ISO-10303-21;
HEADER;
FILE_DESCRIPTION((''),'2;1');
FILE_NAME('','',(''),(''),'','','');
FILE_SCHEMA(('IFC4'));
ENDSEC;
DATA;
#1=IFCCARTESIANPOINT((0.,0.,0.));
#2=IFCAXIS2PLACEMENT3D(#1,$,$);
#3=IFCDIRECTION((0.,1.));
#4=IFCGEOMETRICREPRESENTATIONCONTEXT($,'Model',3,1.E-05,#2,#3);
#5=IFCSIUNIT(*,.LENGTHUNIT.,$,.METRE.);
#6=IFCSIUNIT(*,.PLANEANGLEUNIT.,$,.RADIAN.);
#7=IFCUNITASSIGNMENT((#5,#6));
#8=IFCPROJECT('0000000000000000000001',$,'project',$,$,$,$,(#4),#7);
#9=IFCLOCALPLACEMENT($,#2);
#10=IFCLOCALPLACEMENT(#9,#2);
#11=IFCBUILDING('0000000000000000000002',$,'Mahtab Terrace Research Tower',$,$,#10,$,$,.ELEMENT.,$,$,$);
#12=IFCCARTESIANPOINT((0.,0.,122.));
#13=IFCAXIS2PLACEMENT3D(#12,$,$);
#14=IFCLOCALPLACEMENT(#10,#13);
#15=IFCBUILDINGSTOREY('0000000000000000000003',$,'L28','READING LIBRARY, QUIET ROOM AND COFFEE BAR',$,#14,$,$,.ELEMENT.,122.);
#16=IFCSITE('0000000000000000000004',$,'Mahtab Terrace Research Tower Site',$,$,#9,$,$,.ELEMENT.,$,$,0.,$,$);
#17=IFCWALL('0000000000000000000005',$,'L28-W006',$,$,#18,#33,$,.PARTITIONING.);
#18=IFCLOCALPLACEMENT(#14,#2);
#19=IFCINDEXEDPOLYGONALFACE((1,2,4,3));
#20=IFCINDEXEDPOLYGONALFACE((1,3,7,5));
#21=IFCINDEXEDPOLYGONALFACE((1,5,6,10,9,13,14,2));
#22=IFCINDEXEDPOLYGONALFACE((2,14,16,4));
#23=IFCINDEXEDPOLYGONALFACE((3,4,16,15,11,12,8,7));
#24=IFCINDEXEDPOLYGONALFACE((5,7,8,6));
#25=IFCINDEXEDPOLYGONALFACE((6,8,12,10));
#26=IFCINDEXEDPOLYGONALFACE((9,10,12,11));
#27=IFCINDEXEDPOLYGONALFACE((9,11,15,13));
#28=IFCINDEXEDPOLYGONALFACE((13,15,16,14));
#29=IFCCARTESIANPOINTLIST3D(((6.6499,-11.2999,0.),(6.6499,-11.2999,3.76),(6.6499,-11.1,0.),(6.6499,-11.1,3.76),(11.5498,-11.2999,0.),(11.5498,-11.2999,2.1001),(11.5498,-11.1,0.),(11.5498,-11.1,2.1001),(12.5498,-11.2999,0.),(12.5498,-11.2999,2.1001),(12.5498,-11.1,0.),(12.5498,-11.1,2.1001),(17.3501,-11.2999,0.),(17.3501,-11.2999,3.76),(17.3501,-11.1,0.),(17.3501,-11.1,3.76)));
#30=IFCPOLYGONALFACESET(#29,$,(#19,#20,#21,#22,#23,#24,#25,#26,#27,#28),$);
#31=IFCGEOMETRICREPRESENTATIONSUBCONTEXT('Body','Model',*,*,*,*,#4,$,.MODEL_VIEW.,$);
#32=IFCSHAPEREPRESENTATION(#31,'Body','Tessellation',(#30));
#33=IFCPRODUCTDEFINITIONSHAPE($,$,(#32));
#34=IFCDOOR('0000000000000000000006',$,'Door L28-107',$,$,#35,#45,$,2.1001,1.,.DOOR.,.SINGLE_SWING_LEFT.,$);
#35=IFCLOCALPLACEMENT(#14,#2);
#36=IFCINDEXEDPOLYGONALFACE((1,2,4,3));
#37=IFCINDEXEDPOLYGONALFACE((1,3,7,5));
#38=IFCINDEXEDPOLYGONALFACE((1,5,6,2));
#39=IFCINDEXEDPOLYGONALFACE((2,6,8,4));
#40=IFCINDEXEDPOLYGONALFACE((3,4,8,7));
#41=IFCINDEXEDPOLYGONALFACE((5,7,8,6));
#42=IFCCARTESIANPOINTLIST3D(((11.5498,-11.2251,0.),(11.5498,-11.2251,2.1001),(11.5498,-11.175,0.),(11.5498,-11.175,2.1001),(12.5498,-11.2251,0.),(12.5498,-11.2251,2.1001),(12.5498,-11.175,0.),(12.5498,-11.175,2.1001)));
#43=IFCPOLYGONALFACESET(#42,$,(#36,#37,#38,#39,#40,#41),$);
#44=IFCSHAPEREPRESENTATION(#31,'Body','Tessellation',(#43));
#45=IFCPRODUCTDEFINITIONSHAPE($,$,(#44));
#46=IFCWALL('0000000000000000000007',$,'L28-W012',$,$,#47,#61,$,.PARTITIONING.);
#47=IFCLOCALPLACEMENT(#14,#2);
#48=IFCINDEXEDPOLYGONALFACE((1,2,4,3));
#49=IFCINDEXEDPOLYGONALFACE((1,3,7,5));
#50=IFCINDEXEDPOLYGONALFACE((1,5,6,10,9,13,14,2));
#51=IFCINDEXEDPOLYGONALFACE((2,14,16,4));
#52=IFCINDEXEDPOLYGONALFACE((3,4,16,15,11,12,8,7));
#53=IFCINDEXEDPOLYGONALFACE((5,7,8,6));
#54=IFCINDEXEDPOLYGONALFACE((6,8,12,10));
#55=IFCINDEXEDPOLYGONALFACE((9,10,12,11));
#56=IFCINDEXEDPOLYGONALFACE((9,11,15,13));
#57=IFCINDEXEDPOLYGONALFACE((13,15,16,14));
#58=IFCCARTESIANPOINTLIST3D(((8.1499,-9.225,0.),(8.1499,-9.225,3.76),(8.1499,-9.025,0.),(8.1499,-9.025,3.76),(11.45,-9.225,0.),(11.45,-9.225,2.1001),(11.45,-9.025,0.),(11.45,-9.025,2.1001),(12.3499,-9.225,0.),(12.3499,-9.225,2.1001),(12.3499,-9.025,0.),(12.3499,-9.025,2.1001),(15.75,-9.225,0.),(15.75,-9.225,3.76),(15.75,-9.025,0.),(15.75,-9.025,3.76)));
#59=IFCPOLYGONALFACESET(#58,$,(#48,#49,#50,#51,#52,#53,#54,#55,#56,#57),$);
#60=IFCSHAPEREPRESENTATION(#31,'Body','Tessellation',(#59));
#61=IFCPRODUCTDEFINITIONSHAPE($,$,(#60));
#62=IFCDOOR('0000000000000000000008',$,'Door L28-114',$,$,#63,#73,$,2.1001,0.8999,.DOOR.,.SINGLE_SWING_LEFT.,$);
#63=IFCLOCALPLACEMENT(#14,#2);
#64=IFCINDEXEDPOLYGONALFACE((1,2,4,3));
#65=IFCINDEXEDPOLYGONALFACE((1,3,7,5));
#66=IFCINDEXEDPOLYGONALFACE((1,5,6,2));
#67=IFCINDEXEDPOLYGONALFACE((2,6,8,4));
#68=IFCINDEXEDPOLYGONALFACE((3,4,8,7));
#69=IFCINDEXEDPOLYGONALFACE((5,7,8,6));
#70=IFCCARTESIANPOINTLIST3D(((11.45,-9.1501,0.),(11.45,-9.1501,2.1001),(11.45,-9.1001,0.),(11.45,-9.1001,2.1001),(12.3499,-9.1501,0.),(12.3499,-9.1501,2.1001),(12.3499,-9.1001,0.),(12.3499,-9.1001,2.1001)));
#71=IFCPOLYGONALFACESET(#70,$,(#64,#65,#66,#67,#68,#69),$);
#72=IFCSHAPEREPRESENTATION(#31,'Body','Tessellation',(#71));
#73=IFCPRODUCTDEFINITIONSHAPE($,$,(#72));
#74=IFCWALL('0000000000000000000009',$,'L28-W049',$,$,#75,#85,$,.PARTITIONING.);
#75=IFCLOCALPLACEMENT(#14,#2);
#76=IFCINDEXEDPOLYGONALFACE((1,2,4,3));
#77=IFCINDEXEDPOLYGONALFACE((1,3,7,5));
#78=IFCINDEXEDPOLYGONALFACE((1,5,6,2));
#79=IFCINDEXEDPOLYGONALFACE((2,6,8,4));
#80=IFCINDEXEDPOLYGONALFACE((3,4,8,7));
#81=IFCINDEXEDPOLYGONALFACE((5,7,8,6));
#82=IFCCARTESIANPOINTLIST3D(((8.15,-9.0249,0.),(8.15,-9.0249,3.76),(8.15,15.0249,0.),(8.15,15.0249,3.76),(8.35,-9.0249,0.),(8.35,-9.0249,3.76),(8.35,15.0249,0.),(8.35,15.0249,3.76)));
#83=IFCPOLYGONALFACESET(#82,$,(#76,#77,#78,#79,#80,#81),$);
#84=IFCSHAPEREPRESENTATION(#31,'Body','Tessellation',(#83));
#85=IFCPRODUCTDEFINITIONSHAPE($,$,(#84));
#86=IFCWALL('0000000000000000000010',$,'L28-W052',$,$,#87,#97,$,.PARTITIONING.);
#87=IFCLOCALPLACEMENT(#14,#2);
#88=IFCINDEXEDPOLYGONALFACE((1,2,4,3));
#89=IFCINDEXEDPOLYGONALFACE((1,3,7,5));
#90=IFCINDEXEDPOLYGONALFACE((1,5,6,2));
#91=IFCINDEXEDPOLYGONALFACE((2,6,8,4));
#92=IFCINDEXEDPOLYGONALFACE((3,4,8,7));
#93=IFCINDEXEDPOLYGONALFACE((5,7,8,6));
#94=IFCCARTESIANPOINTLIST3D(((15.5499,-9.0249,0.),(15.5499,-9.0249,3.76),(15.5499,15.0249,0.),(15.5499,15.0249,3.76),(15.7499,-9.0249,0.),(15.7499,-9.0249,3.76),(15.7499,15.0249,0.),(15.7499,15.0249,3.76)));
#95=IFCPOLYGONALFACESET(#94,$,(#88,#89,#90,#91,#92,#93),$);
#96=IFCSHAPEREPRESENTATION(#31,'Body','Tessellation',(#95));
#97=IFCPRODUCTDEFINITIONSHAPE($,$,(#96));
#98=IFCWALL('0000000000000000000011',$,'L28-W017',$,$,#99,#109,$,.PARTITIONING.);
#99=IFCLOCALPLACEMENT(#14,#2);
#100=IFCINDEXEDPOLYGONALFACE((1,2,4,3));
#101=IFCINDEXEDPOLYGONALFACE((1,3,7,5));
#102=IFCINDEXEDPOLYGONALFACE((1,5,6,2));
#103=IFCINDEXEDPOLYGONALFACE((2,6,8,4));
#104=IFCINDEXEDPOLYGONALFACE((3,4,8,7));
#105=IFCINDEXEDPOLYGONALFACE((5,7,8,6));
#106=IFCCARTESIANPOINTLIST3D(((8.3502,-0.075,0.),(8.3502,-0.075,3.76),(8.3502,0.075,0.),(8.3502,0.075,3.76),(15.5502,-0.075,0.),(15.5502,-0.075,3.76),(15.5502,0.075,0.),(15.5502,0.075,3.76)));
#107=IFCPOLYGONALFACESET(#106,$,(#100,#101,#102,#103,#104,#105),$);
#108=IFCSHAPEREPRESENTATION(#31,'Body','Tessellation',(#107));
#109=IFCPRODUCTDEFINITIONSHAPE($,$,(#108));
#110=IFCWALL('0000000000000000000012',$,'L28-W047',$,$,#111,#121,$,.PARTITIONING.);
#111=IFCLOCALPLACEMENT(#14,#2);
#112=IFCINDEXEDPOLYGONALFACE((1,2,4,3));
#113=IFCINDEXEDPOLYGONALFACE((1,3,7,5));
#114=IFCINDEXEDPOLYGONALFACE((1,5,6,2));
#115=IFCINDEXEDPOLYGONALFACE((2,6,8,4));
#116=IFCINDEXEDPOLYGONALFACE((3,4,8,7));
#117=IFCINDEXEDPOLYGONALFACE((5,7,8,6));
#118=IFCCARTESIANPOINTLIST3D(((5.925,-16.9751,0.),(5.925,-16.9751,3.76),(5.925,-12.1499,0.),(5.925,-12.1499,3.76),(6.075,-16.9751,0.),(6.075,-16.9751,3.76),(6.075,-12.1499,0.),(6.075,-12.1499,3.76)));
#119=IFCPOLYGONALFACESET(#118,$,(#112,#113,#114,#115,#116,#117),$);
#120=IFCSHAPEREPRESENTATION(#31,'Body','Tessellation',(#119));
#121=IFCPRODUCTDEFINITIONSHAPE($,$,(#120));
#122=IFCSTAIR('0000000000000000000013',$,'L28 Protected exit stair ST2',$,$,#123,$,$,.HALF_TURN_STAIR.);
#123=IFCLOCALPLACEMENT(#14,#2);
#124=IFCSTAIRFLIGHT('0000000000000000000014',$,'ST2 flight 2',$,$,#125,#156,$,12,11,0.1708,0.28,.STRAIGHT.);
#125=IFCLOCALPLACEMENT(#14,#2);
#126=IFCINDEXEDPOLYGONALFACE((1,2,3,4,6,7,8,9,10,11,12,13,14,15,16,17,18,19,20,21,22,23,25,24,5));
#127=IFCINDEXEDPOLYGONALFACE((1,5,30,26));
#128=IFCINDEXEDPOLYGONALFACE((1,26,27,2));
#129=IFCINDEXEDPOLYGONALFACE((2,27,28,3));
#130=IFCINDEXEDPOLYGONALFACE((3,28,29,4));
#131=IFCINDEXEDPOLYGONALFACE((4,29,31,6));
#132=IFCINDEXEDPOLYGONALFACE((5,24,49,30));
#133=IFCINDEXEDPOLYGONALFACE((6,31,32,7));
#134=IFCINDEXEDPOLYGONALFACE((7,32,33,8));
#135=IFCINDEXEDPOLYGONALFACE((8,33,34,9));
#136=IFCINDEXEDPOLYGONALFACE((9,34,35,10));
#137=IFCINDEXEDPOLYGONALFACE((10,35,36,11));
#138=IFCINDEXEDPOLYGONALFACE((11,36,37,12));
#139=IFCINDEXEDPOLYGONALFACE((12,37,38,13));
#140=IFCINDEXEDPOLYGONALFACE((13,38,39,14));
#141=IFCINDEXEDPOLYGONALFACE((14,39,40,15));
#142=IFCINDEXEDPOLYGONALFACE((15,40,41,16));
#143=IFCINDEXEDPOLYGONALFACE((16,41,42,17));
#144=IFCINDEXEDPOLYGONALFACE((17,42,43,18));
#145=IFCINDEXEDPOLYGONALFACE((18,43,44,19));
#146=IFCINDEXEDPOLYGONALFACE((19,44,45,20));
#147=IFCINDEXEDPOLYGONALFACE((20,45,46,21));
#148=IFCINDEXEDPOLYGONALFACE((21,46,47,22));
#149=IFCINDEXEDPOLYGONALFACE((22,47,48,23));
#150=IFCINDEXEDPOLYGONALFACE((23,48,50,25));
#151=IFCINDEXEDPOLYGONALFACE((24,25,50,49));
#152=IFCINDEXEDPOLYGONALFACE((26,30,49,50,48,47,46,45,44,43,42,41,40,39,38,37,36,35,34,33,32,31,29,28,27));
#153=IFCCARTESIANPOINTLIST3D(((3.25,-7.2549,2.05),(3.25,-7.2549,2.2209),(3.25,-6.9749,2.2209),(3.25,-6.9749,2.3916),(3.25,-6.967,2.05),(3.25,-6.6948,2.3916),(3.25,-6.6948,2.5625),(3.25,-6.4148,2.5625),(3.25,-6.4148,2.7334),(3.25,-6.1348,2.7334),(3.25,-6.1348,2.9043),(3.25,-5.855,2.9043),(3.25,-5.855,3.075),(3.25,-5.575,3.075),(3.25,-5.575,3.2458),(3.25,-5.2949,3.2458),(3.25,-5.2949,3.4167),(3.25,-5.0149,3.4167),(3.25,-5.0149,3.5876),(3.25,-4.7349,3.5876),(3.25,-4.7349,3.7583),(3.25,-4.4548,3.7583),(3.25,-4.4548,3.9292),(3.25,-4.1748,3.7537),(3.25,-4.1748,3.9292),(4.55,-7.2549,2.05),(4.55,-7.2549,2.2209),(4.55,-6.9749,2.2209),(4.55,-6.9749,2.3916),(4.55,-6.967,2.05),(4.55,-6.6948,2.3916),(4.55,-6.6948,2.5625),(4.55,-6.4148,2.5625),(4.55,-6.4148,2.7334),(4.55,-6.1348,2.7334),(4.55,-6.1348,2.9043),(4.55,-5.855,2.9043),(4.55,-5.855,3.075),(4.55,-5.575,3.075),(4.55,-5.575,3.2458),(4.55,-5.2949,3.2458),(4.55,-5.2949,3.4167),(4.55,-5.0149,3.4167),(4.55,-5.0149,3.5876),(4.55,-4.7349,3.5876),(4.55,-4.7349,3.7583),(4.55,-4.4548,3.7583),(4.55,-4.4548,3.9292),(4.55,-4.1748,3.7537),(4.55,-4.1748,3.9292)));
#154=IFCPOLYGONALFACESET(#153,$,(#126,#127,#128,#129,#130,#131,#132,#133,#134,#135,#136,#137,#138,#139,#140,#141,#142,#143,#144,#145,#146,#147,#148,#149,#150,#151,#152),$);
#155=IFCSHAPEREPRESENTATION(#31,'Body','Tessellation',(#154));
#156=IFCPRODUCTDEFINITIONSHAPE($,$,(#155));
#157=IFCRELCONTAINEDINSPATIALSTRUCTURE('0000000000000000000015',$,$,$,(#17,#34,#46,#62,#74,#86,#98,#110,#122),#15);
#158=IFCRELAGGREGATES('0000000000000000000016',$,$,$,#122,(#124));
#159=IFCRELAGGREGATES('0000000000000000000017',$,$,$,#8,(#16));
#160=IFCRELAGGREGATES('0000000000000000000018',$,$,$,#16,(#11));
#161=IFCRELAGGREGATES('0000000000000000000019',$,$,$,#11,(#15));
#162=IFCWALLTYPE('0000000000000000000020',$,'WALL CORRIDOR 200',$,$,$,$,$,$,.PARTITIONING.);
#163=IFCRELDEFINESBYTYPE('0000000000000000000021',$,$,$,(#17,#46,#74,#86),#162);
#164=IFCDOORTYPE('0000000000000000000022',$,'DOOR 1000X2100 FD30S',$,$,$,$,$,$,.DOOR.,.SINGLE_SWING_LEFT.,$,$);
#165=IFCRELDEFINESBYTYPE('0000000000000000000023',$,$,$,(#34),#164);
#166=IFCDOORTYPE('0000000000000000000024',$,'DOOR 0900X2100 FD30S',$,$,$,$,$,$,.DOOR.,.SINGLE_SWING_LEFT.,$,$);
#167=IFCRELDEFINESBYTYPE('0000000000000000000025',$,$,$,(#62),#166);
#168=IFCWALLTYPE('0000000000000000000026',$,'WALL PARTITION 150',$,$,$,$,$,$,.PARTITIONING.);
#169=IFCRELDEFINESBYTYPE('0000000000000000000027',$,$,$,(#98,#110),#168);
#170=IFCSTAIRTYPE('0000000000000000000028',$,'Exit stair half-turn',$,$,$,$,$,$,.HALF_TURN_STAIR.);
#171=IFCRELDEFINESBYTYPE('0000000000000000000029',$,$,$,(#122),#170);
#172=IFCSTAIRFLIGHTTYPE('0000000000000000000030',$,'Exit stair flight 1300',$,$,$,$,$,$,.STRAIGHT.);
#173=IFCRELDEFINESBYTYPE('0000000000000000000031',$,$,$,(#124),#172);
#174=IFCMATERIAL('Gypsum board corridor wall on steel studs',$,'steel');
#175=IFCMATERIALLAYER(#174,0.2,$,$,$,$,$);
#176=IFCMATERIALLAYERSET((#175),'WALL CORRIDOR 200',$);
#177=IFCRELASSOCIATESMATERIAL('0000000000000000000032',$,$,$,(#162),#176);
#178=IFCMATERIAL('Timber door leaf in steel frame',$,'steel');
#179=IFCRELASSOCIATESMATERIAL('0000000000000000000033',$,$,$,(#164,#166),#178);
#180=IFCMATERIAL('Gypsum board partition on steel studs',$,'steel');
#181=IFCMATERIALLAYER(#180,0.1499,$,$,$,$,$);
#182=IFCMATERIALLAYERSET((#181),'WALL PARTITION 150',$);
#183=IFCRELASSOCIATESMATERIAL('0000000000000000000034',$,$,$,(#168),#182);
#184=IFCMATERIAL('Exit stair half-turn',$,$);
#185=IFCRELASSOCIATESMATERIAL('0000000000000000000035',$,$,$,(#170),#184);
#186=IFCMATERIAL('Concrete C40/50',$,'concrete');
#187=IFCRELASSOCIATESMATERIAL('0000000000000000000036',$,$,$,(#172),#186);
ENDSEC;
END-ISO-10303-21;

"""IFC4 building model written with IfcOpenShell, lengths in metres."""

from ifc_helpers import new_model, si_unit, direction, frame, frame_2d, origin, place, context, subcontext, project, spatial, polyline, rectangle, outline, extrude, material, layer, layer_set, type_object, element, fill, aggregate, save


model = new_model("IFC4")

# Units and contexts
model_context = context("Model", 3, precision=1e-05, world=origin(), true_north=direction((0.0, 1.0)))
body_context = subcontext(model_context, "Body", "Model", "MODEL_VIEW")
ifc_project = project(units=[si_unit("LENGTHUNIT", "METRE"), si_unit("PLANEANGLEUNIT", "RADIAN")], contexts=[model_context])

# Site, building, storey
site_placement = place(None, origin())
site = spatial("IfcSite", under=ifc_project, at=site_placement, Name="Mahtab Terrace Research Tower Site", CompositionType="ELEMENT", RefElevation=0.0)
building_placement = place(site_placement, origin())
building = spatial("IfcBuilding", under=site, at=building_placement, Name="Mahtab Terrace Research Tower", CompositionType="ELEMENT")
storey_placement = place(building_placement, frame((0.0, 0.0, 122.0)))
storey = spatial("IfcBuildingStorey", under=building, at=storey_placement, Name="L28", Description="READING LIBRARY, QUIET ROOM AND COFFEE BAR", CompositionType="ELEMENT", Elevation=122.0)

# Walls, openings, doors
ifc_material_1 = material(Name="Gypsum board corridor wall on steel studs", Category="steel")
ifc_layer_1 = layer(ifc_material_1, 0.2)
ifc_layer_set_1 = layer_set([ifc_layer_1], Name="WALL CORRIDOR 200")
wall_type_1 = type_object("IfcWallType", Name="WALL CORRIDOR 200", PredefinedType="PARTITIONING", material=ifc_layer_set_1)
wall_1_placement = place(storey_placement, frame((6.6499, -11.2, 0.0), z_axis=(0.0, 0.0, 1.0), x_axis=(1.0, 0.0, 0.0)))
wall_1 = element("IfcWall", 1, at=wall_1_placement, inside=storey, type_object=wall_type_1, Name="L28-W006", PredefinedType="PARTITIONING", context=body_context, shape_type="SweptSolid", body=[
    extrude(rectangle(XDim=10.7002, YDim=0.2, at=frame_2d((5.3501, 0.0))), origin(), (0.0, 0.0, 1.0), 3.76),
])
opening_1_placement = place(wall_1_placement, frame((4.8999, 0.0, 0.0)))
opening_1 = element("IfcOpeningElement", 2, at=opening_1_placement, cuts=wall_1, PredefinedType="OPENING", context=body_context, shape_type="SweptSolid", body=[
    extrude(rectangle(XDim=1.0, YDim=2.1001, at=frame_2d((0.5, 1.05))), frame((0.0, 0.1099, 0.0), z_axis=(0.0, -1.0, 0.0), x_axis=(1.0, 0.0, 0.0)), (0.0, 0.0, 1.0), 0.22),
])
ifc_material_2 = material(Name="Timber door leaf in steel frame", Category="steel")
door_type_1 = type_object("IfcDoorType", Name="DOOR 1000X2100 FD30S", OperationType="SINGLE_SWING_LEFT", PredefinedType="DOOR", material=ifc_material_2)
door_1_placement = place(opening_1_placement, origin())
door_1 = element("IfcDoor", 3, at=door_1_placement, inside=storey, type_object=door_type_1, Name="Door L28-107", OperationType="SINGLE_SWING_LEFT", OverallHeight=2.1001, OverallWidth=1.0, PredefinedType="DOOR", context=body_context, shape_type="SweptSolid", body=[
    extrude(rectangle(XDim=1.0, YDim=2.1001, at=frame_2d((0.5, 1.05))), frame((0.0, 0.0249, 0.0), z_axis=(0.0, -1.0, 0.0), x_axis=(1.0, 0.0, 0.0)), (0.0, 0.0, 1.0), 0.05),
])
fill(opening_1, door_1)
wall_2_placement = place(storey_placement, frame((8.1499, -9.125, 0.0), z_axis=(0.0, 0.0, 1.0), x_axis=(1.0, 0.0, 0.0)))
wall_2 = element("IfcWall", 4, at=wall_2_placement, inside=storey, type_object=wall_type_1, Name="L28-W012", PredefinedType="PARTITIONING", context=body_context, shape_type="SweptSolid", body=[
    extrude(rectangle(XDim=7.6001, YDim=0.2, at=frame_2d((3.8, 0.0))), origin(), (0.0, 0.0, 1.0), 3.76),
])
opening_2_placement = place(wall_2_placement, frame((3.3, 0.0, 0.0)))
opening_2 = element("IfcOpeningElement", 5, at=opening_2_placement, cuts=wall_2, PredefinedType="OPENING", context=body_context, shape_type="SweptSolid", body=[
    extrude(rectangle(XDim=0.8999, YDim=2.1001, at=frame_2d((0.45, 1.05))), frame((0.0, 0.1099, 0.0), z_axis=(0.0, -1.0, 0.0), x_axis=(1.0, 0.0, 0.0)), (0.0, 0.0, 1.0), 0.22),
])
door_type_2 = type_object("IfcDoorType", Name="DOOR 0900X2100 FD30S", OperationType="SINGLE_SWING_LEFT", PredefinedType="DOOR", material=ifc_material_2)
door_2_placement = place(opening_2_placement, origin())
door_2 = element("IfcDoor", 6, at=door_2_placement, inside=storey, type_object=door_type_2, Name="Door L28-114", OperationType="SINGLE_SWING_LEFT", OverallHeight=2.1001, OverallWidth=0.8999, PredefinedType="DOOR", context=body_context, shape_type="SweptSolid", body=[
    extrude(rectangle(XDim=0.8999, YDim=2.1001, at=frame_2d((0.45, 1.05))), frame((0.0, 0.0249, 0.0), z_axis=(0.0, -1.0, 0.0), x_axis=(1.0, 0.0, 0.0)), (0.0, 0.0, 1.0), 0.05),
])
fill(opening_2, door_2)

# Walls
for number, where, z_axis, x_axis, name in (
    (7, (8.25, -9.0249, 0.0), (0.0, 0.0, 1.0), (0.0, 1.0, 0.0), "L28-W049"),
    (8, (15.6499, -9.0249, 0.0), (0.0, 0.0, 1.0), (0.0, 1.0, 0.0), "L28-W052"),
):
    element("IfcWall", number, at=place(storey_placement, frame(where, z_axis=z_axis, x_axis=x_axis)), inside=storey, type_object=wall_type_1, Name=name, PredefinedType="PARTITIONING", context=body_context, shape_type="SweptSolid", body=[
        extrude(rectangle(XDim=24.0498, YDim=0.2, at=frame_2d((12.0249, 0.0))), origin(), (0.0, 0.0, 1.0), 3.76),
    ])
ifc_material_3 = material(Name="Gypsum board partition on steel studs", Category="steel")
ifc_layer_2 = layer(ifc_material_3, 0.1499)
ifc_layer_set_2 = layer_set([ifc_layer_2], Name="WALL PARTITION 150")
wall_type_2 = type_object("IfcWallType", Name="WALL PARTITION 150", PredefinedType="PARTITIONING", material=ifc_layer_set_2)
wall_3_placement = place(storey_placement, frame((8.3501, 0.0, 0.0), z_axis=(0.0, 0.0, 1.0), x_axis=(1.0, 0.0, 0.0)))
element("IfcWall", 9, at=wall_3_placement, inside=storey, type_object=wall_type_2, Name="L28-W017", PredefinedType="PARTITIONING", context=body_context, shape_type="SweptSolid", body=[
    extrude(rectangle(XDim=7.2, YDim=0.1499, at=frame_2d((3.6001, 0.0))), origin(), (0.0, 0.0, 1.0), 3.76),
])
wall_4_placement = place(storey_placement, frame((6.0, -16.9751, 0.0), z_axis=(0.0, 0.0, 1.0), x_axis=(0.0, 1.0, 0.0)))
element("IfcWall", 10, at=wall_4_placement, inside=storey, type_object=wall_type_2, Name="L28-W047", PredefinedType="PARTITIONING", context=body_context, shape_type="SweptSolid", body=[
    extrude(rectangle(XDim=4.8252, YDim=0.1499, at=frame_2d((2.4126, 0.0))), origin(), (0.0, 0.0, 1.0), 3.76),
])

# Stair, stair flight
ifc_material_4 = material(Name="Exit stair half-turn")
stair_type = type_object("IfcStairType", Name="Exit stair half-turn", PredefinedType="HALF_TURN_STAIR", material=ifc_material_4)
stair_placement = place(storey_placement, origin())
stair = element("IfcStair", 11, at=stair_placement, inside=storey, type_object=stair_type, Name="L28 Protected exit stair ST2", PredefinedType="HALF_TURN_STAIR")
ifc_material_5 = material(Name="Concrete C40/50", Category="concrete")
stair_flight_type = type_object("IfcStairFlightType", Name="Exit stair flight 1300", PredefinedType="STRAIGHT", material=ifc_material_5)
stair_flight_placement = place(storey_placement, frame((3.8999, -7.2549, 2.05), z_axis=(0.0, 0.0, 1.0), x_axis=(0.0, 1.0, 0.0)))
stair_flight = element("IfcStairFlight", 12, at=stair_flight_placement, type_object=stair_flight_type, Name="ST2 flight 2", NumberOfRisers=12, NumberOfTreads=11, PredefinedType="STRAIGHT", RiserHeight=0.1708, TreadLength=0.28, context=body_context, shape_type="SweptSolid", body=[
    extrude(outline(polyline([(0.0, 0.0), (0.0, 0.1709), (0.28, 0.1709), (0.28, 0.3416), (0.5601, 0.3416), (0.5601, 0.5125), (0.8401, 0.5125), (0.8401, 0.6833), (1.1201, 0.6833), (1.1201, 0.8542), (1.3999, 0.8542), (1.3999, 1.0249), (1.6799, 1.0249), (1.6799, 1.1958), (1.96, 1.1958), (1.96, 1.3667), (2.24, 1.3667), (2.24, 1.5376), (2.52, 1.5376), (2.52, 1.7083), (2.8, 1.7083), (2.8, 1.8792), (3.0801, 1.8792), (3.0801, 2.05), (3.0801, 1.7036), (0.2878, 0.0), (0.0, 0.0)])), frame((0.0, 0.6499, 0.0), z_axis=(0.0, -1.0, 0.0), x_axis=(1.0, 0.0, 0.0)), (0.0, 0.0, 1.0), 1.3),
])
aggregate(stair, [stair_flight])

save(model, "model.ifc")
